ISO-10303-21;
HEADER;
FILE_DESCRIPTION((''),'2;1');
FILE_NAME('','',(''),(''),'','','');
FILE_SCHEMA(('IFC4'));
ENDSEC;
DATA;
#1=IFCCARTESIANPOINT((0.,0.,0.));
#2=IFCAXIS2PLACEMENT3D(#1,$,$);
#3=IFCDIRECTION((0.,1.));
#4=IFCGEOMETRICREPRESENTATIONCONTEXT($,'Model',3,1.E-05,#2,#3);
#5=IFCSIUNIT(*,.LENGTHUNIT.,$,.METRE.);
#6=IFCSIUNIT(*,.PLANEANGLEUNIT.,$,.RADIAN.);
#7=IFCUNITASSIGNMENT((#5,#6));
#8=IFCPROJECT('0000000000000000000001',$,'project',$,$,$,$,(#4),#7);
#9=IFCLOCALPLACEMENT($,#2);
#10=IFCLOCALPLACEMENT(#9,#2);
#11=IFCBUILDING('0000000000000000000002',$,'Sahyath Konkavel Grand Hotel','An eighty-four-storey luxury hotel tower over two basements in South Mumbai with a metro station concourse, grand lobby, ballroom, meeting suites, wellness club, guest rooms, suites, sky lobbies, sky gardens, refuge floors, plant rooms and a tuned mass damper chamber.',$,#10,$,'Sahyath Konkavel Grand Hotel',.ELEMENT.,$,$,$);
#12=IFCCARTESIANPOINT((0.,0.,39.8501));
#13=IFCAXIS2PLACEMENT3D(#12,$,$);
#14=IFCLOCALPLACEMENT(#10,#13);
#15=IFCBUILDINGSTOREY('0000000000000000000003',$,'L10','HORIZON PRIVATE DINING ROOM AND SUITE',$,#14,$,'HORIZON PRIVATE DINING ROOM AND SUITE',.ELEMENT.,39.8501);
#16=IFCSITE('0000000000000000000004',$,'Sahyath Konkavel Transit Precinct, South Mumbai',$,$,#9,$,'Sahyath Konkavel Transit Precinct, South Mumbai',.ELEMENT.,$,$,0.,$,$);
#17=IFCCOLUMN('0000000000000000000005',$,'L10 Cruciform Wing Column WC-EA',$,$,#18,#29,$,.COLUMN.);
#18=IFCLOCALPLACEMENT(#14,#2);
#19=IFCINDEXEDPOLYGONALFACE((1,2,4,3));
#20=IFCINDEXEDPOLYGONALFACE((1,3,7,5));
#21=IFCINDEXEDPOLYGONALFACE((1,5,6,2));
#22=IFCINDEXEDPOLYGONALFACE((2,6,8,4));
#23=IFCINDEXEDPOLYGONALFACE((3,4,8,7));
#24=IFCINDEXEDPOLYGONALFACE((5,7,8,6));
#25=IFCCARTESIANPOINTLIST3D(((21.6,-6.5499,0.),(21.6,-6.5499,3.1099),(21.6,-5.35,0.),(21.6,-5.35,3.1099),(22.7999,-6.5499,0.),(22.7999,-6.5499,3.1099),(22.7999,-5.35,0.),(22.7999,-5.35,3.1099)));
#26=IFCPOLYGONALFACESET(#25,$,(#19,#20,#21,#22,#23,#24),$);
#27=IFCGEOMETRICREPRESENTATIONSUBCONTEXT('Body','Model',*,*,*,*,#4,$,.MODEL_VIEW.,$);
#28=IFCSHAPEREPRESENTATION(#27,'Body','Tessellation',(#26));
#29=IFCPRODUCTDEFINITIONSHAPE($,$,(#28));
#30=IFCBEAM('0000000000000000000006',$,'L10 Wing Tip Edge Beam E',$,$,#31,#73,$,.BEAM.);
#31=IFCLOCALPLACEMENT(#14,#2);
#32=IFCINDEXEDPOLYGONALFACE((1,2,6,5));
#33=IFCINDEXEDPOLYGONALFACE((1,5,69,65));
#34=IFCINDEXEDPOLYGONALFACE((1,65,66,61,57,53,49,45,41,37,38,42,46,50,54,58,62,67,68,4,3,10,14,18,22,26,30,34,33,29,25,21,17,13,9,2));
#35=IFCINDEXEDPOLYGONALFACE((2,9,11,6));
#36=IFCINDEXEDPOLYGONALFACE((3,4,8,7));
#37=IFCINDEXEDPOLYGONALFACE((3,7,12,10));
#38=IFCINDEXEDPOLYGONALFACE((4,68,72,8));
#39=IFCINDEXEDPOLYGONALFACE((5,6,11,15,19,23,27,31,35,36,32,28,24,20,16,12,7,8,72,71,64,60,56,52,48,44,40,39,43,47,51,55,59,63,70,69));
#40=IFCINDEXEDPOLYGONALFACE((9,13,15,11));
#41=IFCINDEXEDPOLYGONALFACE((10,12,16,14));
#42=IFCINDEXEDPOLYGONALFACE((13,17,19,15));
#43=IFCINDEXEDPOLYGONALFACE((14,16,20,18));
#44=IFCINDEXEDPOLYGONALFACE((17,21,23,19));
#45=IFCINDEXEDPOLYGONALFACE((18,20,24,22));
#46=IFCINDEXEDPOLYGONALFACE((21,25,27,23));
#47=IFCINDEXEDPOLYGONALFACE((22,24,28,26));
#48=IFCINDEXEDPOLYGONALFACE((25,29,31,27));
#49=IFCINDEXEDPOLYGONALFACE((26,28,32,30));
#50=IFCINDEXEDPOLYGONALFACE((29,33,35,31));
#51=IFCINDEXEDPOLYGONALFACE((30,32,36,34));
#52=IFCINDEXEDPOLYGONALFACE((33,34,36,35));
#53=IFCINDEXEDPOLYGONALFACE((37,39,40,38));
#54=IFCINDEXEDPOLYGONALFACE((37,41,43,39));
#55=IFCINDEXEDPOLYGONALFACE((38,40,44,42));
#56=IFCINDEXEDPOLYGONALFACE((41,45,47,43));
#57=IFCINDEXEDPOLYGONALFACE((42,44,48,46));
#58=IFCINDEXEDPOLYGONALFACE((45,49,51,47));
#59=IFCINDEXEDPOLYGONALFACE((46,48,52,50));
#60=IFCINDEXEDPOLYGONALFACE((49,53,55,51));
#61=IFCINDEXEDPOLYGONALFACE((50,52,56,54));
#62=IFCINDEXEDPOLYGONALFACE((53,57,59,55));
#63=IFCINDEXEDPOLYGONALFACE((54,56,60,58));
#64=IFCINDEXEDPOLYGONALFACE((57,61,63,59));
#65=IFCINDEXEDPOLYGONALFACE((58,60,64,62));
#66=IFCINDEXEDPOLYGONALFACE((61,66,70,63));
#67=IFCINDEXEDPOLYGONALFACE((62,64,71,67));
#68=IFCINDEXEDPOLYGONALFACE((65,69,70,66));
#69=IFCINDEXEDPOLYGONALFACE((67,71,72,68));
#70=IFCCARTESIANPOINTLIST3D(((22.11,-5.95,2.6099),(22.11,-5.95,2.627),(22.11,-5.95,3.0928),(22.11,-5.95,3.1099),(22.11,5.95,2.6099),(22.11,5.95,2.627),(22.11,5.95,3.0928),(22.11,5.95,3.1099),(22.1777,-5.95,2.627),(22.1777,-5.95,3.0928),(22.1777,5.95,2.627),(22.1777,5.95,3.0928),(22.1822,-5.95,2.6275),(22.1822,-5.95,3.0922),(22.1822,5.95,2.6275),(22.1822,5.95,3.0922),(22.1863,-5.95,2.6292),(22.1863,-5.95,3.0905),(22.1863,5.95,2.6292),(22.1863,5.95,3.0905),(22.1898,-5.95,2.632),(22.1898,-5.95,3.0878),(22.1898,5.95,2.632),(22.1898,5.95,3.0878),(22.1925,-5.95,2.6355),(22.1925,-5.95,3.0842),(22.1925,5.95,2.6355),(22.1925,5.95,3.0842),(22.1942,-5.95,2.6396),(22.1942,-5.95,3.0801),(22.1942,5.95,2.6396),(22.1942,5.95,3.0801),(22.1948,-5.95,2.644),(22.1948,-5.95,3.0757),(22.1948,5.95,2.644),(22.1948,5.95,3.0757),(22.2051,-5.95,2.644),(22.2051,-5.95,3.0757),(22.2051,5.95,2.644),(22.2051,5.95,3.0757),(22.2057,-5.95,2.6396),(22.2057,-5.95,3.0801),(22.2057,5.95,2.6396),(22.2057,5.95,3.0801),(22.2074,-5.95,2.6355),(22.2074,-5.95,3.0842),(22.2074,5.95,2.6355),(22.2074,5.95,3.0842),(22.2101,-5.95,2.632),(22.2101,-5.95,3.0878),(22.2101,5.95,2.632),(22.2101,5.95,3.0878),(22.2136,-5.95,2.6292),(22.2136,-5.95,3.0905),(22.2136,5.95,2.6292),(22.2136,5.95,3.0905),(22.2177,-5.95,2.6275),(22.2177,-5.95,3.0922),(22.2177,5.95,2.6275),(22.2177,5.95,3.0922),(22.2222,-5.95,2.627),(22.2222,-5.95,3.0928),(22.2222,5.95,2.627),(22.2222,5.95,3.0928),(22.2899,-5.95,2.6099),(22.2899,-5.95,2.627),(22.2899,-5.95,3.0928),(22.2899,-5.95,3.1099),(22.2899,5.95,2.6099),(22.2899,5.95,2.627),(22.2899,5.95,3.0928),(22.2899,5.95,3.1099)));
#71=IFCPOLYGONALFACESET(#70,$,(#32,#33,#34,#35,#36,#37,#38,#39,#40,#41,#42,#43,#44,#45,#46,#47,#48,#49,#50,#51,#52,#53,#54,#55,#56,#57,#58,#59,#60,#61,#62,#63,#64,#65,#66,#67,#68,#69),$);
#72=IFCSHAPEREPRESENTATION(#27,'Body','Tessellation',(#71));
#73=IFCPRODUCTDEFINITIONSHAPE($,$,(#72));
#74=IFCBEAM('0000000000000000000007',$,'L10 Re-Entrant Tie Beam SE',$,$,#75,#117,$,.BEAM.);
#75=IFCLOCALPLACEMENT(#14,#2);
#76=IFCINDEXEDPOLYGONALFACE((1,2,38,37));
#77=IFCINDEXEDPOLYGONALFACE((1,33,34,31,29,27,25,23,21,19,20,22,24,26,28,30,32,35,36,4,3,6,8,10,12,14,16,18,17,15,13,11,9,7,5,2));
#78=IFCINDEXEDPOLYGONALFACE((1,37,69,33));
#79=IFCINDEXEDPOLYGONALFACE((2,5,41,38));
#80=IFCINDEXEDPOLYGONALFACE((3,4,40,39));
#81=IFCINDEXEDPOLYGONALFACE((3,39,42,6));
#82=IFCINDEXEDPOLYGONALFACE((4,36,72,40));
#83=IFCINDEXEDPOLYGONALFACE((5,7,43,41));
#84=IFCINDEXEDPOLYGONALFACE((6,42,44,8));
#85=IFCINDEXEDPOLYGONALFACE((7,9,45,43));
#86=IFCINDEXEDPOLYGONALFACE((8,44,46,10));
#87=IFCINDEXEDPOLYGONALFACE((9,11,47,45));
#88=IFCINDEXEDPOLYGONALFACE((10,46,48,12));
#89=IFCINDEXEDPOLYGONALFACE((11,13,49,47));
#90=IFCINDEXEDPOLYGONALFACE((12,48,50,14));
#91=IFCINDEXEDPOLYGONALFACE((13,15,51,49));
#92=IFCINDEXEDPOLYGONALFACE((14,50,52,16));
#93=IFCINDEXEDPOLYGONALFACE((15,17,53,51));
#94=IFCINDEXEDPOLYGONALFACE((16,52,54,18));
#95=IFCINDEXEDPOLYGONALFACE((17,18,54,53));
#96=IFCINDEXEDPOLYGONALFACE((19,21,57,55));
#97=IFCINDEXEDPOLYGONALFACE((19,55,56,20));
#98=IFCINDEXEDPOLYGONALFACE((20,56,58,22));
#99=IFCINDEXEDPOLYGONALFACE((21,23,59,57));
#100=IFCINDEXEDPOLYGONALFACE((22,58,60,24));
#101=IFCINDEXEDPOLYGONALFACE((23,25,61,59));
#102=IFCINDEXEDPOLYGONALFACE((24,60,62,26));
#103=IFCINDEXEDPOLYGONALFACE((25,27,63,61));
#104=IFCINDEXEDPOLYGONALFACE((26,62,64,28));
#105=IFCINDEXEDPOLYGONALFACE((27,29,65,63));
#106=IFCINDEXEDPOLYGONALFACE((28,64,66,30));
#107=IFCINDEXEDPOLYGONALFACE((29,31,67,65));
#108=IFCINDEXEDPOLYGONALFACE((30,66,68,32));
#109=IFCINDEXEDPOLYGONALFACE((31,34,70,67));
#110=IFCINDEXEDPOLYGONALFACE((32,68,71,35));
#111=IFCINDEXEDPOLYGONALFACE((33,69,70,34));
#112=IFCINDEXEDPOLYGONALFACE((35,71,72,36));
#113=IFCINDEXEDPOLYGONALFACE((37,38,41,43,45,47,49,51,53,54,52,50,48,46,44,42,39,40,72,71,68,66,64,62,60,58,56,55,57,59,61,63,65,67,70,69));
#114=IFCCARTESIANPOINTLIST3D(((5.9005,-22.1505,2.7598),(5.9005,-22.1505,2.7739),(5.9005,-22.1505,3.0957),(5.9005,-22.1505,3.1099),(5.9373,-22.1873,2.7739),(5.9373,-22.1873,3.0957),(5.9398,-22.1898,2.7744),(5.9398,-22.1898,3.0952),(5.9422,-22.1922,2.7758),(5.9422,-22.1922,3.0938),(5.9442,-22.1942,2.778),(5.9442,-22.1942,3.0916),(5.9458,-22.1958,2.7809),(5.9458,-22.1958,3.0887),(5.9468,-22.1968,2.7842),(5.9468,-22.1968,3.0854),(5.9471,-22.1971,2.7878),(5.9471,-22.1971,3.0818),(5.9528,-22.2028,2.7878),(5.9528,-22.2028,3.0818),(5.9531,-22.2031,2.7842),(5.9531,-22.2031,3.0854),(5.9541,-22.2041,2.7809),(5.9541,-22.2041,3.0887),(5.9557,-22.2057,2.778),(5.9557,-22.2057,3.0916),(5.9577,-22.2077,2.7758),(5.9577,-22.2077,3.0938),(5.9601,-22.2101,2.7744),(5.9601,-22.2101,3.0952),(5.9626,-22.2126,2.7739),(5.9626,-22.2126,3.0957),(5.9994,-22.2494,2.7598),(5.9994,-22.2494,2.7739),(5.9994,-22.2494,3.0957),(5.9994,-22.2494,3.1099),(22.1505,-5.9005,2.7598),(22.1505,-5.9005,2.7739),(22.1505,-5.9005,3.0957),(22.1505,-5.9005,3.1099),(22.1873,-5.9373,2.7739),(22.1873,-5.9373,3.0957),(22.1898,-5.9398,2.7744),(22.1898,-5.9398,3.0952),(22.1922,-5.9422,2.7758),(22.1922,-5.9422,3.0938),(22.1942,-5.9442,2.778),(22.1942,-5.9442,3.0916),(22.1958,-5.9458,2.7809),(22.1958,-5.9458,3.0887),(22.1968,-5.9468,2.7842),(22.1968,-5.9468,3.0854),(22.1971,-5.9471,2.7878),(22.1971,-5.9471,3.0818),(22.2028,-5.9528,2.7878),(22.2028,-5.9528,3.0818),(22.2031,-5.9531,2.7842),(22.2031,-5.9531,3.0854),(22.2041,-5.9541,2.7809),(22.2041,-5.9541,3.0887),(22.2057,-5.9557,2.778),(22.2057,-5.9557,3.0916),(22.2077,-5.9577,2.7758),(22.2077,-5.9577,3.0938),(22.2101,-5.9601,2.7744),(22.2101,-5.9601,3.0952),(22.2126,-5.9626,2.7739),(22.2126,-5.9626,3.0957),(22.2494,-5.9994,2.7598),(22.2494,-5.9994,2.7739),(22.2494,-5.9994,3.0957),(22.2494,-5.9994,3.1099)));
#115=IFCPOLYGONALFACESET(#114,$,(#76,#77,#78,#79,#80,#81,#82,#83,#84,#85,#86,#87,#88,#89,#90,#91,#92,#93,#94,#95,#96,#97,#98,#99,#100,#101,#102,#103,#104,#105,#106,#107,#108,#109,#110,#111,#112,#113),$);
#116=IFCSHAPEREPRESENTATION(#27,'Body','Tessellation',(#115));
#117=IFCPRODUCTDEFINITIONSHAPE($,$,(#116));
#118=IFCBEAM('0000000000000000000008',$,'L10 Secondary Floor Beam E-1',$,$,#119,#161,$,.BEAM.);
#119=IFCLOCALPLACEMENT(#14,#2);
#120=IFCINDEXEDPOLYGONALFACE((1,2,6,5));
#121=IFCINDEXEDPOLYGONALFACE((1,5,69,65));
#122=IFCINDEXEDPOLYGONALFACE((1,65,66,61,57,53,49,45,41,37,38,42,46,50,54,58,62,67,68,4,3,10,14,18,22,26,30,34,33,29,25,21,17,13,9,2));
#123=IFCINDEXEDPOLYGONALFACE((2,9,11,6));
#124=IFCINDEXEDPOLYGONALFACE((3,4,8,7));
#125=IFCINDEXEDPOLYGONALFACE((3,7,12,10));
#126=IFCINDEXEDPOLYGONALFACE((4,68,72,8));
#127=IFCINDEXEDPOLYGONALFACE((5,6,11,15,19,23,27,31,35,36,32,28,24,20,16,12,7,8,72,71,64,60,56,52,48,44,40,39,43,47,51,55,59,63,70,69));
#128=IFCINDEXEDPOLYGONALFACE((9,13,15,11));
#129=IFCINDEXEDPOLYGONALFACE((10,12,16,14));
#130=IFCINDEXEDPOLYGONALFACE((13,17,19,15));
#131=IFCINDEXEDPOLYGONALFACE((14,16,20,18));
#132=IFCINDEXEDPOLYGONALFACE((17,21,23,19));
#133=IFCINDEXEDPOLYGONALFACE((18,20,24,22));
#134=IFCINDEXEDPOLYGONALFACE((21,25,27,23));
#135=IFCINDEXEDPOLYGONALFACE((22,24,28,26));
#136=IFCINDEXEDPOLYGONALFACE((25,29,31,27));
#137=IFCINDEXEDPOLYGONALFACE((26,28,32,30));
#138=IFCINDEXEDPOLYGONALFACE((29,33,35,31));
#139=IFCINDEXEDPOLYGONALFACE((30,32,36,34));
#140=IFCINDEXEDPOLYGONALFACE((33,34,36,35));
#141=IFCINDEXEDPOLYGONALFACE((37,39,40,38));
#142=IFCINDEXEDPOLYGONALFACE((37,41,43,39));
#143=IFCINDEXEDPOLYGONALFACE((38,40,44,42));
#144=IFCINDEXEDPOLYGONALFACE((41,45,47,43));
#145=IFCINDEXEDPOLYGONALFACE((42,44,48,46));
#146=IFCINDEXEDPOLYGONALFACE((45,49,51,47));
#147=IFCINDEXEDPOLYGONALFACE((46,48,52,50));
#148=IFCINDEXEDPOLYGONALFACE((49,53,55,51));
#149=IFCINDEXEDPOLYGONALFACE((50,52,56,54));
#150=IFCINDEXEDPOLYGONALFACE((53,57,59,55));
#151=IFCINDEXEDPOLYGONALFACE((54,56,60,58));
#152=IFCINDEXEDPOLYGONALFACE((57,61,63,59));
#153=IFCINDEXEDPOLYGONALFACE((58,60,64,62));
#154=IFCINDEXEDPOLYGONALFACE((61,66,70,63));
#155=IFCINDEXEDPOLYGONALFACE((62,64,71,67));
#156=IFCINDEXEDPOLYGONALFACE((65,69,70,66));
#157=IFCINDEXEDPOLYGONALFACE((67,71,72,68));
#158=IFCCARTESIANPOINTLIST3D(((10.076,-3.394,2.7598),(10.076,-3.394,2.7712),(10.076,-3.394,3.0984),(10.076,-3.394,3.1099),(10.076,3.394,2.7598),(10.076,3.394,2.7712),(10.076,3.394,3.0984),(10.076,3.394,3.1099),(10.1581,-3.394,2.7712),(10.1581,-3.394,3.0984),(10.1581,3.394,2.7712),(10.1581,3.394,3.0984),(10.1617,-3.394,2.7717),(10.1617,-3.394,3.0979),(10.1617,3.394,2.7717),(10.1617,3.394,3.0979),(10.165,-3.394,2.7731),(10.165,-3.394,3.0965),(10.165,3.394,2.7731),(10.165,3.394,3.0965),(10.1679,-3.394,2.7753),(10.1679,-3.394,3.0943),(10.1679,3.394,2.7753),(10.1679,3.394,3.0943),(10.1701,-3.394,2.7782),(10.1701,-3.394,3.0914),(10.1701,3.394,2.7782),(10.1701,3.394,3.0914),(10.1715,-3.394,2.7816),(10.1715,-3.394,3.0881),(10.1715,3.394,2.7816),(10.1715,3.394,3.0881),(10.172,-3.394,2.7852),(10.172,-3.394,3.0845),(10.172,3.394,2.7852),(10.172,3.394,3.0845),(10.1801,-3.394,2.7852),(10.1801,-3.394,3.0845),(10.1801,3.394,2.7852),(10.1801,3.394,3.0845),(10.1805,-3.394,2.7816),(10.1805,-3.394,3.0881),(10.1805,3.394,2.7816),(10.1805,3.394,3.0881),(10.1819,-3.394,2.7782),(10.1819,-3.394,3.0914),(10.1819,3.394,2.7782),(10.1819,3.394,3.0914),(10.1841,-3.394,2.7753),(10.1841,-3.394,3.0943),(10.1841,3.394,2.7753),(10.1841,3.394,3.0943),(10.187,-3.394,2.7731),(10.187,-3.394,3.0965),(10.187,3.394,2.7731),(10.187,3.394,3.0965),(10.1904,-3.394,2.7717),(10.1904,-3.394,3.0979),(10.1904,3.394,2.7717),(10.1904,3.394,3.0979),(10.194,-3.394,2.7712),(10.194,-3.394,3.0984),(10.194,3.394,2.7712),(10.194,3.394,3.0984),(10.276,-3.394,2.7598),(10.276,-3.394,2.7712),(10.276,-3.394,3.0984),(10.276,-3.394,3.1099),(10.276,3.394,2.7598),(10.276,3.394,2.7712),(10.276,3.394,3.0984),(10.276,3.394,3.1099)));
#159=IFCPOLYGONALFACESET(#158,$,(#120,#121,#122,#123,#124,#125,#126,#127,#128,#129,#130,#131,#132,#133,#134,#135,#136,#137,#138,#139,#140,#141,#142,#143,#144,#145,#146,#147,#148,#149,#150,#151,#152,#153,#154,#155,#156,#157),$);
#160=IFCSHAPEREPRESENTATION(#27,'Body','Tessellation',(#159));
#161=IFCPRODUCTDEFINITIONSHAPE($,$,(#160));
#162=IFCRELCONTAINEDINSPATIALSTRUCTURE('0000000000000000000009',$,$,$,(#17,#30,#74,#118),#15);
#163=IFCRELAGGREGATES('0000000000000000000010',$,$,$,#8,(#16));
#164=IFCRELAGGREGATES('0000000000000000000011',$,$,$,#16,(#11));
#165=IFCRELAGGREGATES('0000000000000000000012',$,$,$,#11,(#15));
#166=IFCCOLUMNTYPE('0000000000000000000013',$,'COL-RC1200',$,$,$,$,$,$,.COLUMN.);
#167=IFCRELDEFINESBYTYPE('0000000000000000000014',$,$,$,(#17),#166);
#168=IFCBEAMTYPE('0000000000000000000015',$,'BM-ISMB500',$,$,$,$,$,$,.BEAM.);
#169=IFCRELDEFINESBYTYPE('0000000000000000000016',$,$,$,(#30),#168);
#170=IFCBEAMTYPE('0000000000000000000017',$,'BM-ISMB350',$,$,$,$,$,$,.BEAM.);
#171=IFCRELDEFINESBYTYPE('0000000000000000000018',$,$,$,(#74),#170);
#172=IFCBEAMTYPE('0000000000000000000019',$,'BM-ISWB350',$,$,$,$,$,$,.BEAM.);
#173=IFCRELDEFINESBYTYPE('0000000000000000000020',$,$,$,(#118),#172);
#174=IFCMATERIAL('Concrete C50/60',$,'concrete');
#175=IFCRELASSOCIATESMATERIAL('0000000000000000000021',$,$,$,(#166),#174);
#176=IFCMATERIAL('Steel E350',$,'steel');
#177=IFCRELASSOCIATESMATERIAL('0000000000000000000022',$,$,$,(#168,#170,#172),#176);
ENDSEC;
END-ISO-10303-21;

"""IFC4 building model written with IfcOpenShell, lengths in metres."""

from ifc_helpers import new_model, si_unit, direction, frame, origin, origin_2d, place, context, subcontext, project, spatial, rectangle, i_section, extrude, source, transform, mapped, material, material_profile, profile_set, type_object, element, save


model = new_model("IFC4")

# Units and contexts
model_context = context("Model", 3, precision=1e-05, world=origin(), true_north=direction((0.0, 1.0)))
body_context = subcontext(model_context, "Body", "Model", "MODEL_VIEW")
ifc_project = project(units=[si_unit("LENGTHUNIT", "METRE"), si_unit("PLANEANGLEUNIT", "RADIAN")], contexts=[model_context])

# Site, building, storey
site_placement = place(None, origin())
site = spatial("IfcSite", under=ifc_project, at=site_placement, Name="Sahyath Konkavel Transit Precinct, South Mumbai", LongName="Sahyath Konkavel Transit Precinct, South Mumbai", CompositionType="ELEMENT", RefElevation=0.0)
building_placement = place(site_placement, origin())
building = spatial("IfcBuilding", under=site, at=building_placement, Name="Sahyath Konkavel Grand Hotel", Description="An eighty-four-storey luxury hotel tower over two basements in South Mumbai with a metro station concourse, grand lobby, ballroom, meeting suites, wellness club, guest rooms, suites, sky lobbies, sky gardens, refuge floors, plant rooms and a tuned mass damper chamber.", LongName="Sahyath Konkavel Grand Hotel", CompositionType="ELEMENT")
storey_placement = place(building_placement, frame((0.0, 0.0, 39.8501)))
storey = spatial("IfcBuildingStorey", under=building, at=storey_placement, Name="L10", Description="HORIZON PRIVATE DINING ROOM AND SUITE", LongName="HORIZON PRIVATE DINING ROOM AND SUITE", CompositionType="ELEMENT", Elevation=39.8501)

# Column
ifc_material_1 = material(Name="Concrete C50/60", Category="concrete")
ifc_material_profile_1 = material_profile(ifc_material_1, rectangle(XDim=1.2, YDim=1.2, at=origin_2d()), Name="RC 1200x1200")
ifc_profile_set_1 = profile_set([ifc_material_profile_1], Name="Concrete C50/60")
column_type = type_object("IfcColumnType", Name="COL-RC1200", PredefinedType="COLUMN", material=ifc_profile_set_1)
shared_shape_1 = source(origin(), body_context, "Body", "SweptSolid", [
    extrude(rectangle(XDim=1.2, YDim=1.2, at=origin_2d()), origin(), (0.0, 0.0, 1.0), 3.1099),
])
column_placement = place(storey_placement, frame((22.2, -5.95, 0.0), z_axis=(0.0, 0.0, 1.0), x_axis=(1.0, 0.0, 0.0)))
element("IfcColumn", 1, at=column_placement, inside=storey, type_object=column_type, Name="L10 Cruciform Wing Column WC-EA", PredefinedType="COLUMN", context=body_context, shape_type="MappedRepresentation", body=[
    mapped(shared_shape_1, transform((0.0, 0.0, 0.0), scale=1.0)),
])

# Beams
ifc_material_2 = material(Name="Steel E350", Category="steel")
ifc_material_profile_2 = material_profile(ifc_material_2, i_section(OverallWidth=0.1799, OverallDepth=0.5, WebThickness=0.0103, FlangeThickness=0.0171, FilletRadius=0.0171, at=origin_2d()), Name="ISMB 500")
ifc_profile_set_2 = profile_set([ifc_material_profile_2], Name="Steel E350")
beam_type_1 = type_object("IfcBeamType", Name="BM-ISMB500", PredefinedType="BEAM", material=ifc_profile_set_2)
shared_shape_2 = source(origin(), body_context, "Body", "SweptSolid", [
    extrude(i_section(OverallWidth=0.1799, OverallDepth=0.5, WebThickness=0.0103, FlangeThickness=0.0171, FilletRadius=0.0171, at=origin_2d()), origin(), (0.0, 0.0, 1.0), 11.8999),
])
beam_1_placement = place(storey_placement, frame((22.2, -5.95, 2.8599), z_axis=(0.0, 1.0, 0.0), x_axis=(-1.0, 0.0, 0.0)))
element("IfcBeam", 2, at=beam_1_placement, inside=storey, type_object=beam_type_1, Name="L10 Wing Tip Edge Beam E", PredefinedType="BEAM", context=body_context, shape_type="MappedRepresentation", body=[
    mapped(shared_shape_2, transform((0.0, 0.0, 0.0), scale=1.0)),
])
ifc_material_profile_3 = material_profile(ifc_material_2, i_section(OverallWidth=0.1399, OverallDepth=0.3501, WebThickness=0.0081, FlangeThickness=0.0142, FilletRadius=0.0139, at=origin_2d()), Name="ISMB 350")
ifc_profile_set_3 = profile_set([ifc_material_profile_3], Name="Steel E350")
beam_type_2 = type_object("IfcBeamType", Name="BM-ISMB350", PredefinedType="BEAM", material=ifc_profile_set_3)
shared_shape_3 = source(origin(), body_context, "Body", "SweptSolid", [
    extrude(i_section(OverallWidth=0.1399, OverallDepth=0.3501, WebThickness=0.0081, FlangeThickness=0.0142, FilletRadius=0.0139, at=origin_2d()), origin(), (0.0, 0.0, 1.0), 22.981),
])
beam_2_placement = place(storey_placement, frame((22.2, -5.95, 2.9348), z_axis=(-0.707107, -0.707107, 0.0), x_axis=(0.707107, -0.707107, 0.0)))
element("IfcBeam", 3, at=beam_2_placement, inside=storey, type_object=beam_type_2, Name="L10 Re-Entrant Tie Beam SE", PredefinedType="BEAM", context=body_context, shape_type="MappedRepresentation", body=[
    mapped(shared_shape_3, transform((0.0, 0.0, 0.0), scale=1.0)),
])
ifc_material_profile_4 = material_profile(ifc_material_2, i_section(OverallWidth=0.2, OverallDepth=0.3501, WebThickness=0.0081, FlangeThickness=0.0115, FilletRadius=0.0139, at=origin_2d()), Name="ISWB 350")
ifc_profile_set_4 = profile_set([ifc_material_profile_4], Name="Steel E350")
beam_type_3 = type_object("IfcBeamType", Name="BM-ISWB350", PredefinedType="BEAM", material=ifc_profile_set_4)
shared_shape_4 = source(origin(), body_context, "Body", "SweptSolid", [
    extrude(i_section(OverallWidth=0.2, OverallDepth=0.3501, WebThickness=0.0081, FlangeThickness=0.0115, FilletRadius=0.0139, at=origin_2d()), origin(), (0.0, 0.0, 1.0), 6.7881),
])
beam_3_placement = place(storey_placement, frame((10.176, -3.394, 2.9348), z_axis=(0.0, 1.0, 0.0), x_axis=(-1.0, 0.0, 0.0)))
element("IfcBeam", 4, at=beam_3_placement, inside=storey, type_object=beam_type_3, Name="L10 Secondary Floor Beam E-1", PredefinedType="BEAM", context=body_context, shape_type="MappedRepresentation", body=[
    mapped(shared_shape_4, transform((0.0, 0.0, 0.0), scale=1.0)),
])

save(model, "model.ifc")
